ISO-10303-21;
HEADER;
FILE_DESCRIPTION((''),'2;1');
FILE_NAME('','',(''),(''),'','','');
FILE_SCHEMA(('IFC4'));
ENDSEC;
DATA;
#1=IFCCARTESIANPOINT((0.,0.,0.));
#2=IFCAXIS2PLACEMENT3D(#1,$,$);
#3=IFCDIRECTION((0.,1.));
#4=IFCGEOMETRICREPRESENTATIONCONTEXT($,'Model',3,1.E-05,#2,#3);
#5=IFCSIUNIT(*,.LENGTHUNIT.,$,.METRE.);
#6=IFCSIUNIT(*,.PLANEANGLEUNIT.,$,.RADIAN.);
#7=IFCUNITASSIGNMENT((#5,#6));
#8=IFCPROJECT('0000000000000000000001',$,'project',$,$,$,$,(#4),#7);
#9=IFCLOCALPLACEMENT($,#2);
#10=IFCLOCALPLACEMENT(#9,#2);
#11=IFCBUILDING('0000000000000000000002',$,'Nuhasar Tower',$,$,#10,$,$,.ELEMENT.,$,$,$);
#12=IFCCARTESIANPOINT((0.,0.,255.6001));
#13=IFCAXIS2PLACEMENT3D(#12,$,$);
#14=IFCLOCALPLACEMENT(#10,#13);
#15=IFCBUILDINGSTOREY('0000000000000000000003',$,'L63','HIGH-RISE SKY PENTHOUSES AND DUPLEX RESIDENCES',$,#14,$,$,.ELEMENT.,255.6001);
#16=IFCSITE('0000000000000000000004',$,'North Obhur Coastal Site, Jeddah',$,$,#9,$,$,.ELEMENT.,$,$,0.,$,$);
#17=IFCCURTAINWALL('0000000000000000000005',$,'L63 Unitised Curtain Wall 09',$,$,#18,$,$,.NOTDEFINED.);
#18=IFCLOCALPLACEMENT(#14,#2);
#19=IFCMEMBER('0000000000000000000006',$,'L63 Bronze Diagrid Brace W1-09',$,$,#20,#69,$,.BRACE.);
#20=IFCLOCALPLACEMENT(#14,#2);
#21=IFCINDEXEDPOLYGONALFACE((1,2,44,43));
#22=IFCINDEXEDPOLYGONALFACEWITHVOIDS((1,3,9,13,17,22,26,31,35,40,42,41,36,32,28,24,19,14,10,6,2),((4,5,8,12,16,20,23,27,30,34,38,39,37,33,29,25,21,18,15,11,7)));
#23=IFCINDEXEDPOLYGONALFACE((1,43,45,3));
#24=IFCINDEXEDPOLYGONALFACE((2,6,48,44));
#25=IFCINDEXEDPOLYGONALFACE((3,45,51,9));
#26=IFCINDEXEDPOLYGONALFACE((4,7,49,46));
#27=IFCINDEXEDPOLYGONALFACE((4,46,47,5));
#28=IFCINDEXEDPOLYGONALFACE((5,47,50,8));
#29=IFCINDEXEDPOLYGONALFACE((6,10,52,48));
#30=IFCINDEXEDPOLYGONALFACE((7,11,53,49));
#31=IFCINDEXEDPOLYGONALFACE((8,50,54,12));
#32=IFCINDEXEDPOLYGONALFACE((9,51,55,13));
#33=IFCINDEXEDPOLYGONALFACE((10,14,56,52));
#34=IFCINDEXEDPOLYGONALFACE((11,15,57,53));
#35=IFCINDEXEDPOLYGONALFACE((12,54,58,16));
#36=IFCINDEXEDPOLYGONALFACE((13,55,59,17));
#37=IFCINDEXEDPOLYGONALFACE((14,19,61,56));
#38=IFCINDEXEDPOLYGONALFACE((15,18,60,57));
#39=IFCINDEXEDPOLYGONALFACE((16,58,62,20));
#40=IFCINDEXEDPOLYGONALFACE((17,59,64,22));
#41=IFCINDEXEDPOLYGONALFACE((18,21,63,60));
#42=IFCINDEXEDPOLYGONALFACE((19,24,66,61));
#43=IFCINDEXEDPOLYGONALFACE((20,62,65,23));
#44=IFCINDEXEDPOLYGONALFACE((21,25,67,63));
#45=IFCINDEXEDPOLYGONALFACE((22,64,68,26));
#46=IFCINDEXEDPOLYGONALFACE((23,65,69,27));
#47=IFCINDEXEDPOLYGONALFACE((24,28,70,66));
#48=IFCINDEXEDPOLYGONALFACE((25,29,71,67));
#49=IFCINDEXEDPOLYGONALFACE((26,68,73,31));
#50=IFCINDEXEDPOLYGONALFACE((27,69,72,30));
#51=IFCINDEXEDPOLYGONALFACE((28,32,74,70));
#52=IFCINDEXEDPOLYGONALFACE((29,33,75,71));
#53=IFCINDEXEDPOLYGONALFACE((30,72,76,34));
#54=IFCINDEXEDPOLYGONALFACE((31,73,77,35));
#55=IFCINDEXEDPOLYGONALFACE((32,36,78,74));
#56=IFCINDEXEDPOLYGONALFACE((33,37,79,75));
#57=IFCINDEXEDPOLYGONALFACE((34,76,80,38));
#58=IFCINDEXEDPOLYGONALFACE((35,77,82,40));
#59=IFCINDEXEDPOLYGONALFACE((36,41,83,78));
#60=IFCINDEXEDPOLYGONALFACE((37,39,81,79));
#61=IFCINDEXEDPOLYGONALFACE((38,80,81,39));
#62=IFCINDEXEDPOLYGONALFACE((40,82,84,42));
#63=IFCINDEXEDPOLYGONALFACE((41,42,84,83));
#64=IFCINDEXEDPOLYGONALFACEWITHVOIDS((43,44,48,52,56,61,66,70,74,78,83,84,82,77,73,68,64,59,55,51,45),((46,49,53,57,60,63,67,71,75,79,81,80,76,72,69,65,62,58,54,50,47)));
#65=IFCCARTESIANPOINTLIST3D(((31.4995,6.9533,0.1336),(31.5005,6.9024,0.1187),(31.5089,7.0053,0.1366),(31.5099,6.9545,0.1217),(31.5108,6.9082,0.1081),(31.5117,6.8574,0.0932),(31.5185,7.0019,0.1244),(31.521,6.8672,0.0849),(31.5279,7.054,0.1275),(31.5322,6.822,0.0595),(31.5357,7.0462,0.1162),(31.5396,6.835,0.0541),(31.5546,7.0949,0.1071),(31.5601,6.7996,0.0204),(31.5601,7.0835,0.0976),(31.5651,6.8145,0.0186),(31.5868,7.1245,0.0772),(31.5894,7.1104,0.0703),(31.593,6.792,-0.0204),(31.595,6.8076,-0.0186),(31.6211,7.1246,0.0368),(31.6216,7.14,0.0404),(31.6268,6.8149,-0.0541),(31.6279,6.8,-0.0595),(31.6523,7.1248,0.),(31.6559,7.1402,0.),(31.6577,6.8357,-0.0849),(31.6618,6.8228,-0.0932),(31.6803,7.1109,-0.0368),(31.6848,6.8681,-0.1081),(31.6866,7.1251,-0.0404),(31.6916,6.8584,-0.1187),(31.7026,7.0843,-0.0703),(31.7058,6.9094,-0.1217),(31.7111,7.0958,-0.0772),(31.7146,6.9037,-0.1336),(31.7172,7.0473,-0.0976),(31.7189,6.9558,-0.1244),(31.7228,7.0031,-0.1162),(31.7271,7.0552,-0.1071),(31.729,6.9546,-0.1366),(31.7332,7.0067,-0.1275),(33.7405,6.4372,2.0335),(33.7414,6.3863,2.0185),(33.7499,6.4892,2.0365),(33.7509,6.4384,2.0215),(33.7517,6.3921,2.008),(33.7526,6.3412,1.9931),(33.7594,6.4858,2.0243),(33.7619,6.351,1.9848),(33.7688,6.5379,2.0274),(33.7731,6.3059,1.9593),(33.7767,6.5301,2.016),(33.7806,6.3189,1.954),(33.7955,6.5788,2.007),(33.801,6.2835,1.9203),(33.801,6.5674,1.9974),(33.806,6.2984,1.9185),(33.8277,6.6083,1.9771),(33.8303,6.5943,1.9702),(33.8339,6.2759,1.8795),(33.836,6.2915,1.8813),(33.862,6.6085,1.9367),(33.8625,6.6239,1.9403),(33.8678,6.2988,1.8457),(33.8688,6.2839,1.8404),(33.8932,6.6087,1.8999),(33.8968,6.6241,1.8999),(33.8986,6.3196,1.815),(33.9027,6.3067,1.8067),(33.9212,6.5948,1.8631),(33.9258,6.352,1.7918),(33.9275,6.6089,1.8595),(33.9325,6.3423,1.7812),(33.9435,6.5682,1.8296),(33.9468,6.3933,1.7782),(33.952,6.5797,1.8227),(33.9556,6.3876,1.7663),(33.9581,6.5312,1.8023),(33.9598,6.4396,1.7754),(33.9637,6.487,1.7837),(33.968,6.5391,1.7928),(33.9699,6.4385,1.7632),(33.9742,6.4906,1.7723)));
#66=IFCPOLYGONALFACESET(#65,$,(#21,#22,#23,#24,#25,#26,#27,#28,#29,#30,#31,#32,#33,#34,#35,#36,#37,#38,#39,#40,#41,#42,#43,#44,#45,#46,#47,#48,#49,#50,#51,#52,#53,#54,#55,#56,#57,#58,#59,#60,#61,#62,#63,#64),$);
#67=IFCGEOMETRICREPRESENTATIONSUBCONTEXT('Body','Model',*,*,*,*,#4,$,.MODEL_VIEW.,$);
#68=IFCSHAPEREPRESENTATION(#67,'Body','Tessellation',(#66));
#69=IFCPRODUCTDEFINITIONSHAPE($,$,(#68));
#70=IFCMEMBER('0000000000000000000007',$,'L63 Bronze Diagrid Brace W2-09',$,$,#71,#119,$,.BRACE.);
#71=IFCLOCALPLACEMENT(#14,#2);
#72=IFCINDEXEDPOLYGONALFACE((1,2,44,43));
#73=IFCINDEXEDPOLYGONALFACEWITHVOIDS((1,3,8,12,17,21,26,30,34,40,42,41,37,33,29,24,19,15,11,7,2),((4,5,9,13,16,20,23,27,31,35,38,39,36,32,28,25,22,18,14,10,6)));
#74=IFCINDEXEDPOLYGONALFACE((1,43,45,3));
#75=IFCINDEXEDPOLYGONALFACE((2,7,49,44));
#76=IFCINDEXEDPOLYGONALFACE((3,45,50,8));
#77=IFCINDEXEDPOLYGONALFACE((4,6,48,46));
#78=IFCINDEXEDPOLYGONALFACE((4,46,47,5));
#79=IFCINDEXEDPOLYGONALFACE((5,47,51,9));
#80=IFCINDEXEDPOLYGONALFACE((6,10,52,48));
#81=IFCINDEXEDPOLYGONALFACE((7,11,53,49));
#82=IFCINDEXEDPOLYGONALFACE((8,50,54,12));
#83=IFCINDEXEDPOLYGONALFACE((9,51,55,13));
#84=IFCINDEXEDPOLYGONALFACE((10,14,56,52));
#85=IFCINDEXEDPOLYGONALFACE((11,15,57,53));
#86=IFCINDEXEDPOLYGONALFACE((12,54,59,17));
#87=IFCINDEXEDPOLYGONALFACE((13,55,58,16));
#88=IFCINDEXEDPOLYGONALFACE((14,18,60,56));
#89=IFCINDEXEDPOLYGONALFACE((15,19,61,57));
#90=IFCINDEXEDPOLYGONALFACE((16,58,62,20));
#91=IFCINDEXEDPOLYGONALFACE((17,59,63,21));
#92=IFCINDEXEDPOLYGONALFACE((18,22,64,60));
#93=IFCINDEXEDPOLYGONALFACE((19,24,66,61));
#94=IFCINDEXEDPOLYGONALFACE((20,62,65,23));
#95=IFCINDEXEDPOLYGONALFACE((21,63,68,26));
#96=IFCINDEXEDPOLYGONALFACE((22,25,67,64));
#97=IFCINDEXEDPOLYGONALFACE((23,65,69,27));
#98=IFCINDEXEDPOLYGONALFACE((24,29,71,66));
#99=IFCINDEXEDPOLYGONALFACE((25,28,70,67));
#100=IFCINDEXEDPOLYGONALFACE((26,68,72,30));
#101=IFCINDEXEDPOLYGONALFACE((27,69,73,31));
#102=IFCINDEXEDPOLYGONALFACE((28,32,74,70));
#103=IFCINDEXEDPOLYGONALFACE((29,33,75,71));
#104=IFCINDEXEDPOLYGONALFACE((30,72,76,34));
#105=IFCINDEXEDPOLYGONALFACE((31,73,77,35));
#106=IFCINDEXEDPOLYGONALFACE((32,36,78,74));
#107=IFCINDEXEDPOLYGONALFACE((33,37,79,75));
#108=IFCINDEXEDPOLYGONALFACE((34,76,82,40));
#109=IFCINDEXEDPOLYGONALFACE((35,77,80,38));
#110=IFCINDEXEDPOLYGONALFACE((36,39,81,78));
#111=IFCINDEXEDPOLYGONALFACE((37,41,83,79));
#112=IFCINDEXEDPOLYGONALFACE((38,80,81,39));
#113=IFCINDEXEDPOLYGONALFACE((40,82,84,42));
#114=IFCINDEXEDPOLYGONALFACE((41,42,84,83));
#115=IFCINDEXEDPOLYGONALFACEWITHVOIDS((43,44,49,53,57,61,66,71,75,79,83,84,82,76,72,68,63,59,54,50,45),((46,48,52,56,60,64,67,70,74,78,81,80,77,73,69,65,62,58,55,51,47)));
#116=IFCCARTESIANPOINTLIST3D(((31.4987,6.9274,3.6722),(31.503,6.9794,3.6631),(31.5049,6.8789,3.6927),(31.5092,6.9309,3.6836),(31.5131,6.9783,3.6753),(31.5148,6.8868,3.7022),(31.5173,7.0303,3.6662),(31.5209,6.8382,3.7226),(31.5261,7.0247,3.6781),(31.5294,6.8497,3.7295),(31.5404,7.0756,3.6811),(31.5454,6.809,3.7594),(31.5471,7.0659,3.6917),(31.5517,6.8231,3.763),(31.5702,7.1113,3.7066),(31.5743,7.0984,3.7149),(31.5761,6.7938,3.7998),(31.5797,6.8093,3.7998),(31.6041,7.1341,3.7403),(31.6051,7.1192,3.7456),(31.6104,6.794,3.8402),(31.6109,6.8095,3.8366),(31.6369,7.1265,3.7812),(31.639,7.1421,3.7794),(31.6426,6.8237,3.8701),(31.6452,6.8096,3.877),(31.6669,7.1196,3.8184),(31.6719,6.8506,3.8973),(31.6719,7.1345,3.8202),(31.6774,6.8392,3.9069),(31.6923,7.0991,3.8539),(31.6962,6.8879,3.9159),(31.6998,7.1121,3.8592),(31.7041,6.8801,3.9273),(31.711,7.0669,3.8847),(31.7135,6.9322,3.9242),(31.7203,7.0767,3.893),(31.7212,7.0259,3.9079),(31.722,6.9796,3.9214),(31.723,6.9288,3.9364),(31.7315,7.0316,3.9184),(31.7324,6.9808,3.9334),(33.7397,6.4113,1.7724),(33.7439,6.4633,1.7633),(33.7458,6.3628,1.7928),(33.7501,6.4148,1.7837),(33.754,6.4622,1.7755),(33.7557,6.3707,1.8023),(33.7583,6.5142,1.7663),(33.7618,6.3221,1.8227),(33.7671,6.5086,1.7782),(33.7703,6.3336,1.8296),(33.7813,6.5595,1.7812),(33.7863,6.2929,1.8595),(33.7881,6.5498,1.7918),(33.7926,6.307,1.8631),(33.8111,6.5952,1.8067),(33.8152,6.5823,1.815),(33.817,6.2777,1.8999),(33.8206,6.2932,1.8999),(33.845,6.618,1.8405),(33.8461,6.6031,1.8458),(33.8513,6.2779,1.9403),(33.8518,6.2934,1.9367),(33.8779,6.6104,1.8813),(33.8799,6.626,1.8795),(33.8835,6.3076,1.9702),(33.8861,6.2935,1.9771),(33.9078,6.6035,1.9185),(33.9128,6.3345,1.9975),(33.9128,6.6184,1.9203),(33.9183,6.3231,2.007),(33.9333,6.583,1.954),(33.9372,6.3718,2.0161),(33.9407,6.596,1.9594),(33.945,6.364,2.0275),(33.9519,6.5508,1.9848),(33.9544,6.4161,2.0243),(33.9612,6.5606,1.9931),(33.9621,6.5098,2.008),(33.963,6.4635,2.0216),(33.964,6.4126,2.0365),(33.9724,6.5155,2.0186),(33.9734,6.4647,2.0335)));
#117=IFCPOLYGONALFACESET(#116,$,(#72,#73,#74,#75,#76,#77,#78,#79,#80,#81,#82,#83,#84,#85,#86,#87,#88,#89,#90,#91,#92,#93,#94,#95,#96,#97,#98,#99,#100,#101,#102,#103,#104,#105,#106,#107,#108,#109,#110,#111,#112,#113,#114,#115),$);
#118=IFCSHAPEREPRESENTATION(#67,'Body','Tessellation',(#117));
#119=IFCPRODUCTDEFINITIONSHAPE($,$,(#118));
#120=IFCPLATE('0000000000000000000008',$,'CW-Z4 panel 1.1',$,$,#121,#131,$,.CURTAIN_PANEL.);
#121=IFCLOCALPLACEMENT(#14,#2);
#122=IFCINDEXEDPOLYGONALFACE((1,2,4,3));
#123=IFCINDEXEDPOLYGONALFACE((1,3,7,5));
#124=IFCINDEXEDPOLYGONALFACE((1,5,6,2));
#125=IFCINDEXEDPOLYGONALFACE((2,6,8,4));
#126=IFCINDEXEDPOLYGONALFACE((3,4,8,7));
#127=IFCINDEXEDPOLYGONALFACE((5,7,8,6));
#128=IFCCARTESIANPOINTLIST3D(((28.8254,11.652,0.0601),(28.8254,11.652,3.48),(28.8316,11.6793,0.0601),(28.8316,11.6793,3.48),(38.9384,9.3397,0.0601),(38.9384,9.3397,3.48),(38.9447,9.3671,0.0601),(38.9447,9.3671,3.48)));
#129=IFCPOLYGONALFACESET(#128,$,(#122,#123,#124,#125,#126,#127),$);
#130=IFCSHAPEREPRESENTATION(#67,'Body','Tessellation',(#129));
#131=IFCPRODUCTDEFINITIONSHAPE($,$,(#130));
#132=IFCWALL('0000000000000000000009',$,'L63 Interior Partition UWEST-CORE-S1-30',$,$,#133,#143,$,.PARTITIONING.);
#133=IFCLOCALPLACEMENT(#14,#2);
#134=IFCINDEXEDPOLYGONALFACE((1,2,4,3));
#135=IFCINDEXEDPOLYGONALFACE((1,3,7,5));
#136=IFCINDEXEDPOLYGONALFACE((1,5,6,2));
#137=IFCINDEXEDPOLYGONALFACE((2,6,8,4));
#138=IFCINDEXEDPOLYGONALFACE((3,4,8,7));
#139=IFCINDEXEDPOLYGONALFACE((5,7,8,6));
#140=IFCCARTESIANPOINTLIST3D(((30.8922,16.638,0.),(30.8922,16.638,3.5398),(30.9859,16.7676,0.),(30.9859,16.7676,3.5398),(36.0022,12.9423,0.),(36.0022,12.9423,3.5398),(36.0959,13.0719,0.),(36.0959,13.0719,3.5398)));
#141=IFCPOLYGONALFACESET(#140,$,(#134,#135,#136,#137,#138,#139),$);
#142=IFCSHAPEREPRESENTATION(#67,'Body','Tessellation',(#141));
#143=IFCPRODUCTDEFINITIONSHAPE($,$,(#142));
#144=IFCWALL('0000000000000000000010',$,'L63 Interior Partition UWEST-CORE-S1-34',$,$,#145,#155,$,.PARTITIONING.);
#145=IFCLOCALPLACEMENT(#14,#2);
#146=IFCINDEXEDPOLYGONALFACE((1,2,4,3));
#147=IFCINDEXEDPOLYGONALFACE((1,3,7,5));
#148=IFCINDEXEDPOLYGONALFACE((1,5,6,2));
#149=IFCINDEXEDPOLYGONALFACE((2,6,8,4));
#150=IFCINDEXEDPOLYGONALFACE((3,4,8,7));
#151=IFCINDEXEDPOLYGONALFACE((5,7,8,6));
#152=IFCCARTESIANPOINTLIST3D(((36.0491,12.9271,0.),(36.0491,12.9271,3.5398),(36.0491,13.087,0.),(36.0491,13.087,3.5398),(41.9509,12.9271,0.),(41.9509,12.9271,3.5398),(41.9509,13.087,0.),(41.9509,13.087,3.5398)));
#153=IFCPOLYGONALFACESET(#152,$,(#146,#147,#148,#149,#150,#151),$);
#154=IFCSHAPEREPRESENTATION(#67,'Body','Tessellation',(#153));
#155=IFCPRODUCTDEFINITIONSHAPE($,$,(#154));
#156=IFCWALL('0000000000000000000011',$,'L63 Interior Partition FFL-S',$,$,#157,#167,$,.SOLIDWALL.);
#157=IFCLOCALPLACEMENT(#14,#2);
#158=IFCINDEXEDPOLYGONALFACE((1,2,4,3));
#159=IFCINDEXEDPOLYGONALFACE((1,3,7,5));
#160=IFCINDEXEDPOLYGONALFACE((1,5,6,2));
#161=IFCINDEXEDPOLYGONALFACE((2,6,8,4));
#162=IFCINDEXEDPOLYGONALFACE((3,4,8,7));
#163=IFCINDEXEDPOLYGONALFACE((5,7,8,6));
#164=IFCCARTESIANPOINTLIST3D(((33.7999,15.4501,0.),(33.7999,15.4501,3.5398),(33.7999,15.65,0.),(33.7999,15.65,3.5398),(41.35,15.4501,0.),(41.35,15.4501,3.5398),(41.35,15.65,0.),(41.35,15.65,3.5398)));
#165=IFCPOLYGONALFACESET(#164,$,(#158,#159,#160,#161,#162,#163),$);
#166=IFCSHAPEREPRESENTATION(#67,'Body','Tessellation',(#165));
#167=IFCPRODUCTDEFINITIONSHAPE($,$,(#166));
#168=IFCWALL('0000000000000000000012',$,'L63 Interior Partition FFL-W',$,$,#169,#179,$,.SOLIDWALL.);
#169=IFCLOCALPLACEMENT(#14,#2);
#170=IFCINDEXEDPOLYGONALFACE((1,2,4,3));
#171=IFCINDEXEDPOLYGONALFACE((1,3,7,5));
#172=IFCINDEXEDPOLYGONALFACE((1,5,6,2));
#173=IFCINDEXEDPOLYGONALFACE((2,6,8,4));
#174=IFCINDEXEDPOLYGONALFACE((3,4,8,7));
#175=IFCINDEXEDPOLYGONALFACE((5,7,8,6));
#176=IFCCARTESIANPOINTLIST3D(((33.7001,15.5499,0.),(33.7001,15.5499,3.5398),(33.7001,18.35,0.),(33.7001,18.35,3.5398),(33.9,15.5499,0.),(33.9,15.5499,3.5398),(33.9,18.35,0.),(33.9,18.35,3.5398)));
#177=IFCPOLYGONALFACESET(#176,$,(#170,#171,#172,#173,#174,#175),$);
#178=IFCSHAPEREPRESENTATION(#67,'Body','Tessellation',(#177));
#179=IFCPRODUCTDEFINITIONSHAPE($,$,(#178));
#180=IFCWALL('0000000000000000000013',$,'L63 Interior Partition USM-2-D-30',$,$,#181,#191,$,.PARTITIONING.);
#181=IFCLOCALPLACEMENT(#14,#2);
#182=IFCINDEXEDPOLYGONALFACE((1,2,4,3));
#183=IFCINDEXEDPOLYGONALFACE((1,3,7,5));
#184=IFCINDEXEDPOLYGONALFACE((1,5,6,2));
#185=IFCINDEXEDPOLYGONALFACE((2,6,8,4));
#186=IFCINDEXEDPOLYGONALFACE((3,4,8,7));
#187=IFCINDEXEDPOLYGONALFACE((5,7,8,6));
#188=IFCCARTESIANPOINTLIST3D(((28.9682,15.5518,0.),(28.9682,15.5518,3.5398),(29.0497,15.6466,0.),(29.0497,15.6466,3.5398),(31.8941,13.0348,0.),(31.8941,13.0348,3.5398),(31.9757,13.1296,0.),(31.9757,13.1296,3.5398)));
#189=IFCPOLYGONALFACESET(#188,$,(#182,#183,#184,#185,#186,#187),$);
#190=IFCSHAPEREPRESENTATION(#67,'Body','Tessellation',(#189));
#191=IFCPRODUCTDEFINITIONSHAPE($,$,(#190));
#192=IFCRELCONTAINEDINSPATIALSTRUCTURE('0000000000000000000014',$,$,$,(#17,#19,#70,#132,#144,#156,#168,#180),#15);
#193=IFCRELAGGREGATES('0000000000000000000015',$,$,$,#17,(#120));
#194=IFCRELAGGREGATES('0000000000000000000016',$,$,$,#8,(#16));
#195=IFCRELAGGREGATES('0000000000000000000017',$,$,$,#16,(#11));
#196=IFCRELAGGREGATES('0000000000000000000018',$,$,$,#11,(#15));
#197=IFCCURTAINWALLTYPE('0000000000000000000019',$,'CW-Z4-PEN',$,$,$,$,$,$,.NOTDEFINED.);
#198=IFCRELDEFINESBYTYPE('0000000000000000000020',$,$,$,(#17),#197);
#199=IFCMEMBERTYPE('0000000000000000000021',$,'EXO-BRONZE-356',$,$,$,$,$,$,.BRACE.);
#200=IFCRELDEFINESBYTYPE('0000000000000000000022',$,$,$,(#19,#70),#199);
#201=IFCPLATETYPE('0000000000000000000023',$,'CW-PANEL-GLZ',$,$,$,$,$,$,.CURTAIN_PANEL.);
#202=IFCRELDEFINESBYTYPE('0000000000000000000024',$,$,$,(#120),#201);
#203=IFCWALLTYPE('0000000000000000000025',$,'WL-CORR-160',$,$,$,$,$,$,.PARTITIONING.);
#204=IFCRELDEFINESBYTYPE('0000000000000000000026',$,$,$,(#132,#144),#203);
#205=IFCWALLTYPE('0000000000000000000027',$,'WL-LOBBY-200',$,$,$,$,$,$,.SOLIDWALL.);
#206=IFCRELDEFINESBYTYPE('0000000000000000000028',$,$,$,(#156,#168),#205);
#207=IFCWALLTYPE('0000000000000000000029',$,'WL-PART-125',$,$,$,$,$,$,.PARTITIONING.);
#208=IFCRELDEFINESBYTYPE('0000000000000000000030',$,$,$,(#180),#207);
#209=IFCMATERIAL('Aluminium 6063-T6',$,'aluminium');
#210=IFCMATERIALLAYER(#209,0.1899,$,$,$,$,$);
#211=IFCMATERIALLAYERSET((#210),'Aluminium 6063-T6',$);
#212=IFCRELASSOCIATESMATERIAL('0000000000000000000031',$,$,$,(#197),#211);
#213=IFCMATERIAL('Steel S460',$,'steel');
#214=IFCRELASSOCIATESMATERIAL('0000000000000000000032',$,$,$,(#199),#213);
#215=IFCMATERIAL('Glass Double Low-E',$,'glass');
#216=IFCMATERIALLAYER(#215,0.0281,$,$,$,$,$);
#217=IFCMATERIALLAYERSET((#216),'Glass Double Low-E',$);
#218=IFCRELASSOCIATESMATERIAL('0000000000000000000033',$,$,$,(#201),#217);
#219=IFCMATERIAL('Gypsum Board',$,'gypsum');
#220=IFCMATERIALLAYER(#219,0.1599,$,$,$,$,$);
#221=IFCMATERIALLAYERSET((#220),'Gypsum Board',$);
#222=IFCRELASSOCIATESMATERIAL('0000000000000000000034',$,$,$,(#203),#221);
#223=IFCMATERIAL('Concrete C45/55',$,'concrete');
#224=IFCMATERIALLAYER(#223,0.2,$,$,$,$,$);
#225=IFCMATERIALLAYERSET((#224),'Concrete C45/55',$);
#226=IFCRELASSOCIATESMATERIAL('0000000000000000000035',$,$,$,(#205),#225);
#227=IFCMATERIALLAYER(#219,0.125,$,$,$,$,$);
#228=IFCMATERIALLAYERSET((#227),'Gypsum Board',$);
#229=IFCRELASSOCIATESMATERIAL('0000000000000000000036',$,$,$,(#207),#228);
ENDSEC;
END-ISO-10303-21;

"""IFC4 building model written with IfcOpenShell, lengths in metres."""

from ifc_helpers import new_model, si_unit, direction, frame, frame_2d, origin, origin_2d, place, context, subcontext, project, spatial, rectangle, hollow_circle, extrude, material, layer, layer_set, material_profile, profile_set, type_object, element, aggregate, save


model = new_model("IFC4")

# Units and contexts
model_context = context("Model", 3, precision=1e-05, world=origin(), true_north=direction((0.0, 1.0)))
body_context = subcontext(model_context, "Body", "Model", "MODEL_VIEW")
ifc_project = project(units=[si_unit("LENGTHUNIT", "METRE"), si_unit("PLANEANGLEUNIT", "RADIAN")], contexts=[model_context])

# Site, building, storey
site_placement = place(None, origin())
site = spatial("IfcSite", under=ifc_project, at=site_placement, Name="North Obhur Coastal Site, Jeddah", CompositionType="ELEMENT", RefElevation=0.0)
building_placement = place(site_placement, origin())
building = spatial("IfcBuilding", under=site, at=building_placement, Name="Nuhasar Tower", CompositionType="ELEMENT")
storey_placement = place(building_placement, frame((0.0, 0.0, 255.6001)))
storey = spatial("IfcBuildingStorey", under=building, at=storey_placement, Name="L63", Description="HIGH-RISE SKY PENTHOUSES AND DUPLEX RESIDENCES", CompositionType="ELEMENT", Elevation=255.6001)

# Shared definitions
ifc_material_1 = material(Name="Steel S460", Category="steel")

# Curtain wall
ifc_material_2 = material(Name="Aluminium 6063-T6", Category="aluminium")
ifc_layer_1 = layer(ifc_material_2, 0.1899)
ifc_layer_set_1 = layer_set([ifc_layer_1], Name="Aluminium 6063-T6")
curtain_wall_type = type_object("IfcCurtainWallType", Name="CW-Z4-PEN", PredefinedType="NOTDEFINED", material=ifc_layer_set_1)
curtain_wall_placement = place(storey_placement, origin())
curtain_wall = element("IfcCurtainWall", 1, at=curtain_wall_placement, inside=storey, type_object=curtain_wall_type, Name="L63 Unitised Curtain Wall 09", PredefinedType="NOTDEFINED")

# Members
ifc_material_profile_1 = material_profile(ifc_material_1, hollow_circle(Radius=0.1777, WallThickness=0.0159, at=origin_2d()), Name="HSS355.6X15.9")
ifc_profile_set_1 = profile_set([ifc_material_profile_1], Name="Steel S460")
member_type_1 = type_object("IfcMemberType", Name="EXO-BRONZE-356", PredefinedType="BRACE", material=ifc_profile_set_1)
for number, where, z_axis, x_axis, name in (
    (2, (31.616, 6.967, 0.0), (0.751261, -0.173022, 0.636923), (0.224433, 0.97449, 0.0), "L63 Bronze Diagrid Brace W1-09"),
    (3, (33.8569, 6.4509, 1.8999), (-0.751261, 0.173022, 0.636923), (-0.224433, -0.97449, 0.0), "L63 Bronze Diagrid Brace W2-09"),
):
    element("IfcMember", number, at=place(storey_placement, frame(where, z_axis=z_axis, x_axis=x_axis)), inside=storey, type_object=member_type_1, Name=name, PredefinedType="BRACE", context=body_context, shape_type="SweptSolid", body=[
        extrude(hollow_circle(Radius=0.1777, WallThickness=0.0159, at=origin_2d()), origin(), (0.0, 0.0, 1.0), 2.9829),
    ])

# Plate
ifc_material_3 = material(Name="Glass Double Low-E", Category="glass")
ifc_layer_2 = layer(ifc_material_3, 0.0281)
ifc_layer_set_2 = layer_set([ifc_layer_2], Name="Glass Double Low-E")
plate_type = type_object("IfcPlateType", Name="CW-PANEL-GLZ", PredefinedType="CURTAIN_PANEL", material=ifc_layer_set_2)
plate_placement = place(storey_placement, frame((33.885, 10.5095, 0.0601), z_axis=(0.0, 0.0, 1.0), x_axis=(0.974844, -0.222889, 0.0)))
plate = element("IfcPlate", 4, at=plate_placement, type_object=plate_type, Name="CW-Z4 panel 1.1", PredefinedType="CURTAIN_PANEL", context=body_context, shape_type="SweptSolid", body=[
    extrude(rectangle(XDim=10.374, YDim=0.0281, at=origin_2d()), origin(), (0.0, 0.0, 1.0), 3.4199),
])
aggregate(curtain_wall, [plate])

# Walls
ifc_material_4 = material(Name="Gypsum Board", Category="gypsum")
ifc_layer_3 = layer(ifc_material_4, 0.1599)
ifc_layer_set_3 = layer_set([ifc_layer_3], Name="Gypsum Board")
wall_type_1 = type_object("IfcWallType", Name="WL-CORR-160", PredefinedType="PARTITIONING", material=ifc_layer_set_3)
wall_1_placement = place(storey_placement, frame((30.939, 16.7029, 0.0), z_axis=(0.0, 0.0, 1.0), x_axis=(0.81029, -0.586029, 0.0)))
element("IfcWall", 5, at=wall_1_placement, inside=storey, type_object=wall_type_1, Name="L63 Interior Partition UWEST-CORE-S1-30", PredefinedType="PARTITIONING", context=body_context, shape_type="SweptSolid", body=[
    extrude(rectangle(XDim=6.3064, YDim=0.1599, at=frame_2d((3.1533, 0.0))), origin(), (0.0, 0.0, 1.0), 3.5398),
])
wall_2_placement = place(storey_placement, frame((36.0491, 13.0071, 0.0), z_axis=(0.0, 0.0, 1.0), x_axis=(1.0, 0.0, 0.0)))
element("IfcWall", 6, at=wall_2_placement, inside=storey, type_object=wall_type_1, Name="L63 Interior Partition UWEST-CORE-S1-34", PredefinedType="PARTITIONING", context=body_context, shape_type="SweptSolid", body=[
    extrude(rectangle(XDim=5.9019, YDim=0.1599, at=frame_2d((2.9509, 0.0))), origin(), (0.0, 0.0, 1.0), 3.5398),
])
ifc_material_5 = material(Name="Concrete C45/55", Category="concrete")
ifc_layer_4 = layer(ifc_material_5, 0.2)
ifc_layer_set_4 = layer_set([ifc_layer_4], Name="Concrete C45/55")
wall_type_2 = type_object("IfcWallType", Name="WL-LOBBY-200", PredefinedType="SOLIDWALL", material=ifc_layer_set_4)
wall_3_placement = place(storey_placement, frame((33.8, 15.55, 0.0), z_axis=(0.0, 0.0, 1.0), x_axis=(1.0, 0.0, 0.0)))
element("IfcWall", 7, at=wall_3_placement, inside=storey, type_object=wall_type_2, Name="L63 Interior Partition FFL-S", PredefinedType="SOLIDWALL", context=body_context, shape_type="SweptSolid", body=[
    extrude(rectangle(XDim=7.55, YDim=0.2, at=frame_2d((3.7749, 0.0))), origin(), (0.0, 0.0, 1.0), 3.5398),
])
wall_4_placement = place(storey_placement, frame((33.8, 15.55, 0.0), z_axis=(0.0, 0.0, 1.0), x_axis=(0.0, 1.0, 0.0)))
element("IfcWall", 8, at=wall_4_placement, inside=storey, type_object=wall_type_2, Name="L63 Interior Partition FFL-W", PredefinedType="SOLIDWALL", context=body_context, shape_type="SweptSolid", body=[
    extrude(rectangle(XDim=2.8, YDim=0.2, at=frame_2d((1.3999, 0.0))), origin(), (0.0, 0.0, 1.0), 3.5398),
])
ifc_layer_5 = layer(ifc_material_4, 0.125)
ifc_layer_set_5 = layer_set([ifc_layer_5], Name="Gypsum Board")
wall_type_3 = type_object("IfcWallType", Name="WL-PART-125", PredefinedType="PARTITIONING", material=ifc_layer_set_5)
wall_5_placement = place(storey_placement, frame((29.009, 15.5991, 0.0), z_axis=(0.0, 0.0, 1.0), x_axis=(0.758095, -0.652145, 0.0)))
element("IfcWall", 9, at=wall_5_placement, inside=storey, type_object=wall_type_3, Name="L63 Interior Partition USM-2-D-30", PredefinedType="PARTITIONING", context=body_context, shape_type="SweptSolid", body=[
    extrude(rectangle(XDim=3.8596, YDim=0.125, at=frame_2d((1.9297, 0.0))), origin(), (0.0, 0.0, 1.0), 3.5398),
])

save(model, "model.ifc")
